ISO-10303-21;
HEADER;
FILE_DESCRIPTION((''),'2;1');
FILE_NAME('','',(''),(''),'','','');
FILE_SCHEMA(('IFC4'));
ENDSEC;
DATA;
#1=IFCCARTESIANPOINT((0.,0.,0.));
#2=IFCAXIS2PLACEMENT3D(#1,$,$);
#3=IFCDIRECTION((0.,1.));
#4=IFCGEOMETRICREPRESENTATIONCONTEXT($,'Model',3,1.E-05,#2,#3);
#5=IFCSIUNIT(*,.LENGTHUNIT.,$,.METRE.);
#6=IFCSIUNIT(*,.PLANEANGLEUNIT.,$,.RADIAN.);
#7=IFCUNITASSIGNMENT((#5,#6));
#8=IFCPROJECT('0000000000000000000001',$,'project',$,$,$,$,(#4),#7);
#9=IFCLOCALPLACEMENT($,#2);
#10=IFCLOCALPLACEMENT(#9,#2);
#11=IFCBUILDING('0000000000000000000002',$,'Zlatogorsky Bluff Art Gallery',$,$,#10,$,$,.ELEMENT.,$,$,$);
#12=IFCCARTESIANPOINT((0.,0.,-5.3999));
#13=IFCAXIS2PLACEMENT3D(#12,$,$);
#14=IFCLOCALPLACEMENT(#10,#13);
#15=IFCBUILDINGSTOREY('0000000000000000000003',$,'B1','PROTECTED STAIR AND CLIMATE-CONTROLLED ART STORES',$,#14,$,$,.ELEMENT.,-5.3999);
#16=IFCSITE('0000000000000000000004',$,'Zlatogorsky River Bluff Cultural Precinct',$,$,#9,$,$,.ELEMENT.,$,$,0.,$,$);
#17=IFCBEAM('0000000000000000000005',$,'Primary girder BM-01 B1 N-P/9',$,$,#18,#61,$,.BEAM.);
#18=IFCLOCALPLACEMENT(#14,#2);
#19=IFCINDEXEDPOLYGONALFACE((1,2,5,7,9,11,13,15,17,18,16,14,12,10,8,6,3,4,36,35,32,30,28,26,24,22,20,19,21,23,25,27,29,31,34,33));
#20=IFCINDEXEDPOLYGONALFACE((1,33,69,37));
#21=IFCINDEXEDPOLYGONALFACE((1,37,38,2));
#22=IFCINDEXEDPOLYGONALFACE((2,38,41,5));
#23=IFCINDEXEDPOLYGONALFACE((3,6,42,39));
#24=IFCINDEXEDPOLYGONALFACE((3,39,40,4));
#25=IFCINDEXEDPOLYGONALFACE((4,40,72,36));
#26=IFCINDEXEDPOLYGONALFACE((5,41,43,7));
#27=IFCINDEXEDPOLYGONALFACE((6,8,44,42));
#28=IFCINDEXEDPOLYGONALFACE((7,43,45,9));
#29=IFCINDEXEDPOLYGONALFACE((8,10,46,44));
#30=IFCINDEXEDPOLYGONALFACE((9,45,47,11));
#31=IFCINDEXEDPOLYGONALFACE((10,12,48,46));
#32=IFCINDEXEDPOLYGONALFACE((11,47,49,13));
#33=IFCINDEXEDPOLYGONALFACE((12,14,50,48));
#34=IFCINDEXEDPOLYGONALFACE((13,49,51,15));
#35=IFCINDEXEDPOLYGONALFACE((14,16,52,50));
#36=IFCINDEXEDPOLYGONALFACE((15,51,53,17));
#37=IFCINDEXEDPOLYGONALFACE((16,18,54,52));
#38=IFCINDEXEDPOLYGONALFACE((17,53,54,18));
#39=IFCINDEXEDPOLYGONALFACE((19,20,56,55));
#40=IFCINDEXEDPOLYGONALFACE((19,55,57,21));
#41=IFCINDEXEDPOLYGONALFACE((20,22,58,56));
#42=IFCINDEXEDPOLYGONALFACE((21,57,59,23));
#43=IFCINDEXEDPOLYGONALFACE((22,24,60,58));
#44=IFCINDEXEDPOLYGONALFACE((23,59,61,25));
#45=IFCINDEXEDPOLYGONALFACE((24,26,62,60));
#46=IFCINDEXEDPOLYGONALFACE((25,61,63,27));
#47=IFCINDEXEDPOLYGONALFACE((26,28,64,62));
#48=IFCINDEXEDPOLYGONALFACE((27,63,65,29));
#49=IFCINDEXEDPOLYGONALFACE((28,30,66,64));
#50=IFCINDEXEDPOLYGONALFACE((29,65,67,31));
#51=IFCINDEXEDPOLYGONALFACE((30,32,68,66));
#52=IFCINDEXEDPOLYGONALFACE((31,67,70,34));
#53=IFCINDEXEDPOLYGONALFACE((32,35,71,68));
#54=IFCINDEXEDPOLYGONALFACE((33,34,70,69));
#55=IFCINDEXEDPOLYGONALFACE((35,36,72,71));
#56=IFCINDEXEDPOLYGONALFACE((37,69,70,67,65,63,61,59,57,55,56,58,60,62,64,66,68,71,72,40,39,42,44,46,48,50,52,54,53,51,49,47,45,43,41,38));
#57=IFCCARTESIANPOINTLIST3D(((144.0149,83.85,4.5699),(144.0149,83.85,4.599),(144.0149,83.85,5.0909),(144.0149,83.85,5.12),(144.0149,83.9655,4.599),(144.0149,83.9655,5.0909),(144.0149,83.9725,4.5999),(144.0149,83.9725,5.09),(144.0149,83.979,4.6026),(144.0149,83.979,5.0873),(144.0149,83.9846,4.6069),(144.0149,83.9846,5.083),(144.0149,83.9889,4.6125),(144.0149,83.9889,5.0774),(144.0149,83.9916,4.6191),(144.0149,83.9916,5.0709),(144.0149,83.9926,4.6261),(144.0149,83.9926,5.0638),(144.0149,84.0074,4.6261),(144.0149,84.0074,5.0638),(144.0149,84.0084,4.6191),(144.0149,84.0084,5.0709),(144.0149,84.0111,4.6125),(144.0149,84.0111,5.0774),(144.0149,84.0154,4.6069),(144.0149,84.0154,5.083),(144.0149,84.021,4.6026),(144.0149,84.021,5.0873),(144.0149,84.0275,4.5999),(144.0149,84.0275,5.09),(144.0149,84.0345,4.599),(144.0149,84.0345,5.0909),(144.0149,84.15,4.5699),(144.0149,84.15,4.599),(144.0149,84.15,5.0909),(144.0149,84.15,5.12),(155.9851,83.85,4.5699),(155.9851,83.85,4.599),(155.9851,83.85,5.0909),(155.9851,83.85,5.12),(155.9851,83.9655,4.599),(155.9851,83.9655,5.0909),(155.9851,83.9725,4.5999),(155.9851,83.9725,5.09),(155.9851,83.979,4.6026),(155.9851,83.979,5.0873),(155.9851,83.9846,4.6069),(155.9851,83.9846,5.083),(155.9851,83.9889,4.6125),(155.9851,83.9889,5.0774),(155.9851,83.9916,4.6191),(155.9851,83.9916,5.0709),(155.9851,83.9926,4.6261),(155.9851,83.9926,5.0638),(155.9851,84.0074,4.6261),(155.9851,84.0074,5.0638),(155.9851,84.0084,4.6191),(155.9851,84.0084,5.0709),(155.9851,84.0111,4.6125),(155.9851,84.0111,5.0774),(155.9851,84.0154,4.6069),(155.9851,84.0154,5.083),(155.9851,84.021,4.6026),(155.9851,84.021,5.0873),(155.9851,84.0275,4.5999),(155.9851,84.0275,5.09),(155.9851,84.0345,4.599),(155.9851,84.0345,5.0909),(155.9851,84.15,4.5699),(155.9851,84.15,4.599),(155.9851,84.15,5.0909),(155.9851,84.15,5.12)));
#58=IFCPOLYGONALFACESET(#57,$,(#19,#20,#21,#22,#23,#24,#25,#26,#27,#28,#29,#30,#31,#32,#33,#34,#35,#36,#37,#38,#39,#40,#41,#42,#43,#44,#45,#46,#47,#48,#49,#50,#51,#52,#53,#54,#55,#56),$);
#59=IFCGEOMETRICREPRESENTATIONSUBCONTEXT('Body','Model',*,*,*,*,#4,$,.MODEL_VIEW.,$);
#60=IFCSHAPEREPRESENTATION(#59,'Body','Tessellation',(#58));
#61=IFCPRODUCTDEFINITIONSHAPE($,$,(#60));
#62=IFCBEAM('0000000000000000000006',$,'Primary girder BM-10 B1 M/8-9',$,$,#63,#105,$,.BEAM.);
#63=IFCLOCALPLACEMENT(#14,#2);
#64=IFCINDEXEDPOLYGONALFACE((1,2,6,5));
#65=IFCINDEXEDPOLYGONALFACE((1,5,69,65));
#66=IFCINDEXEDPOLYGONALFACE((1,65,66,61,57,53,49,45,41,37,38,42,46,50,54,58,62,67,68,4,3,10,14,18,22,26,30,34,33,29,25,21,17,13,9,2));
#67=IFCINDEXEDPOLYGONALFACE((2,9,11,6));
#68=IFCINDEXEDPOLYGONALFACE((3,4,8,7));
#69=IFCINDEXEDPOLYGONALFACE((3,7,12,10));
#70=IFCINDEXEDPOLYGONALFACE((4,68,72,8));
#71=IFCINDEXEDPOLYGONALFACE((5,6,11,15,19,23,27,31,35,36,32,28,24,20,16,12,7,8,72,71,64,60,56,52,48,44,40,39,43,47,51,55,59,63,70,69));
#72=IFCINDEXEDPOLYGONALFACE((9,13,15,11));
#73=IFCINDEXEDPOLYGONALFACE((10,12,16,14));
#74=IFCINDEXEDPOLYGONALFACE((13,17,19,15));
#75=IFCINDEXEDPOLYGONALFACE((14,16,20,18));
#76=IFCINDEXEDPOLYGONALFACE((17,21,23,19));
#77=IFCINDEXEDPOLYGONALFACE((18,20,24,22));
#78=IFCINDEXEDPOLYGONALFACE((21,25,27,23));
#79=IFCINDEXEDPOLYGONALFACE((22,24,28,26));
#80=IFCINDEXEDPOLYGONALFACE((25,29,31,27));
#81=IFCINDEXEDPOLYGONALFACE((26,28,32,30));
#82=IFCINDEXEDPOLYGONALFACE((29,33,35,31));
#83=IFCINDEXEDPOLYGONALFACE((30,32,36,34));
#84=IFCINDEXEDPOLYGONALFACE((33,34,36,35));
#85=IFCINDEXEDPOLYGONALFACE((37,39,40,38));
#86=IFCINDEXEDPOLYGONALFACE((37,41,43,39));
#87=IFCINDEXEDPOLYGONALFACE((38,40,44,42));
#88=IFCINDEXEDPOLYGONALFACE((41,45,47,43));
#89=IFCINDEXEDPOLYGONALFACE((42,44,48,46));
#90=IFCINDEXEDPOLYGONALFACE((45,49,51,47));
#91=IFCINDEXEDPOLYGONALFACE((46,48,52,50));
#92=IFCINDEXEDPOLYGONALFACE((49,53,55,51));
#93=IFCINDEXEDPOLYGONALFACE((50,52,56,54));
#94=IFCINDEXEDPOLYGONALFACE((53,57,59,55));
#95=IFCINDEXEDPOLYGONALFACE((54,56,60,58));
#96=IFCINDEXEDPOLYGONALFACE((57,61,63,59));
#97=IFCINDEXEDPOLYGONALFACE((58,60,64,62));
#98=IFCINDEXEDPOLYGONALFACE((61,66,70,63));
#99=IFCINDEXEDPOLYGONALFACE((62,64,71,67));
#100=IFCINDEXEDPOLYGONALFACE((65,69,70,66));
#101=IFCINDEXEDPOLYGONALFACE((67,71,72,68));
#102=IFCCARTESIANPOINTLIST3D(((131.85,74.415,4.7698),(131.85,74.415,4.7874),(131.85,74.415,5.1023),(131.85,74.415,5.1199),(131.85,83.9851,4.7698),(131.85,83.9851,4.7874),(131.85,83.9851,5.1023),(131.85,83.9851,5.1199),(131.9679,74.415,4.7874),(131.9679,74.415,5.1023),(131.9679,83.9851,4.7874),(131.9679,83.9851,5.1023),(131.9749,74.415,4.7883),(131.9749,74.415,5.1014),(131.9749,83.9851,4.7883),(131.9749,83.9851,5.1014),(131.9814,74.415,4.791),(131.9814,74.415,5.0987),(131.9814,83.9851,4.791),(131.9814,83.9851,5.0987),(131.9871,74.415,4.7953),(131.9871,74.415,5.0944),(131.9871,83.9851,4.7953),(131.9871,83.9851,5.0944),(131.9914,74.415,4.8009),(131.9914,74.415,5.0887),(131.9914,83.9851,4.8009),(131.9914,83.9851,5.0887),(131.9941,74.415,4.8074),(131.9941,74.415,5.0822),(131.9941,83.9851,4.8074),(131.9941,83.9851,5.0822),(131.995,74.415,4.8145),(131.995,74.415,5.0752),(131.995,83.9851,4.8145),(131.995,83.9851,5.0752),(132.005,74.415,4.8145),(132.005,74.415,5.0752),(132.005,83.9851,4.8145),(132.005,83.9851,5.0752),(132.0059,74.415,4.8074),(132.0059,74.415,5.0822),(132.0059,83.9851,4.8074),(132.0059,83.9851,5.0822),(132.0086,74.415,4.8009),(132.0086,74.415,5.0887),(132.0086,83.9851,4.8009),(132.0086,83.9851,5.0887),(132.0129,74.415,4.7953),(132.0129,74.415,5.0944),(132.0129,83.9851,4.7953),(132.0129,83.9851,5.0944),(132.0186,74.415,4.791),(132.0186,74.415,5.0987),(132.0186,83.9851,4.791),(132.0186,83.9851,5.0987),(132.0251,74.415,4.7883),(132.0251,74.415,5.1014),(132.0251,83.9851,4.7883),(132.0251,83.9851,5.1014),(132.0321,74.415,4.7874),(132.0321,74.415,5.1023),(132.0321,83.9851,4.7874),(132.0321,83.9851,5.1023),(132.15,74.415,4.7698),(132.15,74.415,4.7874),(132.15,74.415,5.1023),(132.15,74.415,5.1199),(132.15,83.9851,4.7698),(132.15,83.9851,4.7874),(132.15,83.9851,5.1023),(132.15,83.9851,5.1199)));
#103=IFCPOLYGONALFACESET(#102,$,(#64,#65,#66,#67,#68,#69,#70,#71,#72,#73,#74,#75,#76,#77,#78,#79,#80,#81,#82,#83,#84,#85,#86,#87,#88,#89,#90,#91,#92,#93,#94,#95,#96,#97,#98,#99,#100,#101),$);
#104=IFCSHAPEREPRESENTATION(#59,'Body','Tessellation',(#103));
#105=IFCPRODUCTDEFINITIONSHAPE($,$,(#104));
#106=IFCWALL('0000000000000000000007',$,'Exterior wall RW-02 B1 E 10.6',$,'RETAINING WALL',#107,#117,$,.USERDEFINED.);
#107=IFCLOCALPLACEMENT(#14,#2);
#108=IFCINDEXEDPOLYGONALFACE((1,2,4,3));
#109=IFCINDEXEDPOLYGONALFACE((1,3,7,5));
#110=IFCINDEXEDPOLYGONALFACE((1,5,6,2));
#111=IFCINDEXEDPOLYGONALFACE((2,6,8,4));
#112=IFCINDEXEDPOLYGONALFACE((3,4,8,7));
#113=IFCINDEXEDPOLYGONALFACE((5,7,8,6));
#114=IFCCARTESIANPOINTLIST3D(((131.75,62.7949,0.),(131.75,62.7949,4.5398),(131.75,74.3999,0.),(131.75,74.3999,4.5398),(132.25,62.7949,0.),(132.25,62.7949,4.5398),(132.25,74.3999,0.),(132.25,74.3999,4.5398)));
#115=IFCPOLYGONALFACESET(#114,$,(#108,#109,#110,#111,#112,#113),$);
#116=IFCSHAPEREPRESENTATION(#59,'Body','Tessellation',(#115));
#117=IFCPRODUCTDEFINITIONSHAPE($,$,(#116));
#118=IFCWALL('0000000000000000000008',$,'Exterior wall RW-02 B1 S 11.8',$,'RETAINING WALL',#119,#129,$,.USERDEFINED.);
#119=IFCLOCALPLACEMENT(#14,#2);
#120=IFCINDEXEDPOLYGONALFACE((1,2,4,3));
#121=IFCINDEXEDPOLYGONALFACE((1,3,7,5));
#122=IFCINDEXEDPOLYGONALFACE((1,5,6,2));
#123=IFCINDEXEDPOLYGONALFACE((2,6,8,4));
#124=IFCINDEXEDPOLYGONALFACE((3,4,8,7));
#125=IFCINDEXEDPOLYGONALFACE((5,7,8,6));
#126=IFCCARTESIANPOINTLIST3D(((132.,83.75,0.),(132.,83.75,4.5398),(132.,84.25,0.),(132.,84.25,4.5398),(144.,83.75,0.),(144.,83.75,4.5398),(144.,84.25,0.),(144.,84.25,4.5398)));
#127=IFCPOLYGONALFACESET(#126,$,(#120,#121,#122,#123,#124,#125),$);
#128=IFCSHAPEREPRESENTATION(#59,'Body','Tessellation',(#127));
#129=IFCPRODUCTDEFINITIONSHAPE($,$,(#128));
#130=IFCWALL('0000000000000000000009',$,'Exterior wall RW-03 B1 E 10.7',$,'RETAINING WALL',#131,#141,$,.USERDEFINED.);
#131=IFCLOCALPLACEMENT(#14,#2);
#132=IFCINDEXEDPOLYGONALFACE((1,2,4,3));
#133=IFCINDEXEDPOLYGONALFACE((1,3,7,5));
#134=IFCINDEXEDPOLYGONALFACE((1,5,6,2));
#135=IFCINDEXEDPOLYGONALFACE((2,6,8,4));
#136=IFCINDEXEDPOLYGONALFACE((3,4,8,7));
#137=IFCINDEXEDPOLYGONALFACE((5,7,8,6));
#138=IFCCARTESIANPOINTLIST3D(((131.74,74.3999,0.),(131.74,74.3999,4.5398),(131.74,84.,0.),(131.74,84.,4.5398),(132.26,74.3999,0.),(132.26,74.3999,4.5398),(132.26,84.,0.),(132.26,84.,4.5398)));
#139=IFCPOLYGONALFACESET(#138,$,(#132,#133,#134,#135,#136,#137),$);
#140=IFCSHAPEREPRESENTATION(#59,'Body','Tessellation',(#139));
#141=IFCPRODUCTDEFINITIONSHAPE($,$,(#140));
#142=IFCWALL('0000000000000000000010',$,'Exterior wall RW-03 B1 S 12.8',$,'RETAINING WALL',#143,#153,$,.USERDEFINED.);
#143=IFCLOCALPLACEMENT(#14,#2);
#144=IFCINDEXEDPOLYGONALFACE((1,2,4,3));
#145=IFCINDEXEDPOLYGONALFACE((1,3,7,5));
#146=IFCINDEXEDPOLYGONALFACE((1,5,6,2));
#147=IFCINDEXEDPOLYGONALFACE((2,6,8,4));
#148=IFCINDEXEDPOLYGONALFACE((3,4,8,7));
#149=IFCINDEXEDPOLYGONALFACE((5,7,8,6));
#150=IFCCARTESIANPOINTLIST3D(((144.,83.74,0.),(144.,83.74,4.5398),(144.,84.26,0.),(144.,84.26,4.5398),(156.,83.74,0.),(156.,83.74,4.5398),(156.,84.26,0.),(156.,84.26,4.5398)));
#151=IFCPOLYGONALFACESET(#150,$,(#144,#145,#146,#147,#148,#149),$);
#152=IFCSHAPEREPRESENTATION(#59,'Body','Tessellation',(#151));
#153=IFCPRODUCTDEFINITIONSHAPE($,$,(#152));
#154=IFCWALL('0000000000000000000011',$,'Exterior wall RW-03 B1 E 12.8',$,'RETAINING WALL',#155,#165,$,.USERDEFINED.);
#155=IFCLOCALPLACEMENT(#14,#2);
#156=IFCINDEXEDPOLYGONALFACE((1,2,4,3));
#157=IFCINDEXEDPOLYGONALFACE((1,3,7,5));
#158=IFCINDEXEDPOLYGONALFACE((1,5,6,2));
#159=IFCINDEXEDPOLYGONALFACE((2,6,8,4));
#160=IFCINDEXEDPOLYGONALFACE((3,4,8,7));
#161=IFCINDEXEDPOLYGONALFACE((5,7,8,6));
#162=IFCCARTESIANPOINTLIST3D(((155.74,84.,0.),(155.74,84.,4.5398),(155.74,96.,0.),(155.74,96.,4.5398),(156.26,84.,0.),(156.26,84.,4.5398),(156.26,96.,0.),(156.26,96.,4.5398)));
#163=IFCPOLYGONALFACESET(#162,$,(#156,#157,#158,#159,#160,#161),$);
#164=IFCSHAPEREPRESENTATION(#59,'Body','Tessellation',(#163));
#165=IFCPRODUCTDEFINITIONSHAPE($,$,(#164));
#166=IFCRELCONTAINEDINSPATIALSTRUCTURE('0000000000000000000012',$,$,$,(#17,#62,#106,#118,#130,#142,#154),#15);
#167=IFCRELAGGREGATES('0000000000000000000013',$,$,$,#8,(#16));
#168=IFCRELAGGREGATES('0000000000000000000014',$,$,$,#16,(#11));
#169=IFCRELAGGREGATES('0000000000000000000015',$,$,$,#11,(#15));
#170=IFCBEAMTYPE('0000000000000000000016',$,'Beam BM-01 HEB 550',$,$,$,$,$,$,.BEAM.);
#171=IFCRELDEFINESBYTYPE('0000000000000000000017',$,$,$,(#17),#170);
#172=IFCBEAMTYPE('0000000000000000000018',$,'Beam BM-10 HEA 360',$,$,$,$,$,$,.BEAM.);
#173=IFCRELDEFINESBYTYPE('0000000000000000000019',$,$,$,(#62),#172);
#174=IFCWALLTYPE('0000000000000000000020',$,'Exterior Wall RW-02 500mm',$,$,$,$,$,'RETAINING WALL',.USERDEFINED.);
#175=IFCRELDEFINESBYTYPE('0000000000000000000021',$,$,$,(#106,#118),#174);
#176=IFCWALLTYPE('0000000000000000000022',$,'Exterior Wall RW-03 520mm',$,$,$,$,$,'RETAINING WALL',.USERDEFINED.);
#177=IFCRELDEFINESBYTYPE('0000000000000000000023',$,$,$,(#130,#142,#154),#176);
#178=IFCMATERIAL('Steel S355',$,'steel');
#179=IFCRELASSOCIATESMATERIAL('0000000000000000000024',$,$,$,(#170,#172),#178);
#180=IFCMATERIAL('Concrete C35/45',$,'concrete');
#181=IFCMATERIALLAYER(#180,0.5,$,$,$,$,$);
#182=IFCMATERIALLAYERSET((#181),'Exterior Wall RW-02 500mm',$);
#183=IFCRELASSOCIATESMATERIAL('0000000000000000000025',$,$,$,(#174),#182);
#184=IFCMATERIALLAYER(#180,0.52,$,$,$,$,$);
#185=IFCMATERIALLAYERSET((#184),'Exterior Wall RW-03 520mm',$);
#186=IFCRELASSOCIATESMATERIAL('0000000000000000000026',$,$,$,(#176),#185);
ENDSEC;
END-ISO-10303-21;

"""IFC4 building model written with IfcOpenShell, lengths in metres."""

from ifc_helpers import new_model, si_unit, direction, frame, frame_2d, origin, origin_2d, place, context, subcontext, project, spatial, rectangle, i_section, extrude, material, layer, layer_set, material_profile, profile_set, type_object, element, save


model = new_model("IFC4")

# Units and contexts
model_context = context("Model", 3, precision=1e-05, world=origin(), true_north=direction((0.0, 1.0)))
body_context = subcontext(model_context, "Body", "Model", "MODEL_VIEW")
ifc_project = project(units=[si_unit("LENGTHUNIT", "METRE"), si_unit("PLANEANGLEUNIT", "RADIAN")], contexts=[model_context])

# Site, building, storey
site_placement = place(None, origin())
site = spatial("IfcSite", under=ifc_project, at=site_placement, Name="Zlatogorsky River Bluff Cultural Precinct", CompositionType="ELEMENT", RefElevation=0.0)
building_placement = place(site_placement, origin())
building = spatial("IfcBuilding", under=site, at=building_placement, Name="Zlatogorsky Bluff Art Gallery", CompositionType="ELEMENT")
storey_placement = place(building_placement, frame((0.0, 0.0, -5.3999)))
storey = spatial("IfcBuildingStorey", under=building, at=storey_placement, Name="B1", Description="PROTECTED STAIR AND CLIMATE-CONTROLLED ART STORES", CompositionType="ELEMENT", Elevation=-5.3999)

# Shared definitions
ifc_material_1 = material(Name="Concrete C35/45", Category="concrete")

# Shared definitions
ifc_material_2 = material(Name="Steel S355", Category="steel")

# Beams
ifc_material_profile_1 = material_profile(ifc_material_2, i_section(OverallWidth=0.3, OverallDepth=0.55, WebThickness=0.0149, FlangeThickness=0.0291, FilletRadius=0.0271, at=origin_2d()), Name="HEB 550")
ifc_profile_set_1 = profile_set([ifc_material_profile_1], Name="Steel S355")
beam_type_1 = type_object("IfcBeamType", Name="Beam BM-01 HEB 550", PredefinedType="BEAM", material=ifc_profile_set_1)
for number, where, z_axis, x_axis, name in (
    (1, (144.0149, 84.0, 4.845), (1.0, 0.0, 0.0), (0.0, 1.0, 0.0), "Primary girder BM-01 B1 N-P/9"),
):
    element("IfcBeam", number, at=place(storey_placement, frame(where, z_axis=z_axis, x_axis=x_axis)), inside=storey, type_object=beam_type_1, Name=name, PredefinedType="BEAM", context=body_context, shape_type="SweptSolid", body=[
        extrude(i_section(OverallWidth=0.3, OverallDepth=0.55, WebThickness=0.0149, FlangeThickness=0.0291, FilletRadius=0.0271, at=origin_2d()), origin(), (0.0, 0.0, 1.0), 11.9702),
    ])
ifc_material_profile_2 = material_profile(ifc_material_2, i_section(OverallWidth=0.3, OverallDepth=0.3501, WebThickness=0.01, FlangeThickness=0.0176, FilletRadius=0.0271, at=origin_2d()), Name="HEA 360")
ifc_profile_set_2 = profile_set([ifc_material_profile_2], Name="Steel S355")
beam_type_2 = type_object("IfcBeamType", Name="Beam BM-10 HEA 360", PredefinedType="BEAM", material=ifc_profile_set_2)
beam_placement = place(storey_placement, frame((132.0, 74.415, 4.9448), z_axis=(0.0, 1.0, 0.0), x_axis=(-1.0, 0.0, 0.0)))
element("IfcBeam", 2, at=beam_placement, inside=storey, type_object=beam_type_2, Name="Primary girder BM-10 B1 M/8-9", PredefinedType="BEAM", context=body_context, shape_type="SweptSolid", body=[
    extrude(i_section(OverallWidth=0.3, OverallDepth=0.3501, WebThickness=0.01, FlangeThickness=0.0176, FilletRadius=0.0271, at=origin_2d()), origin(), (0.0, 0.0, 1.0), 9.5701),
])

# Walls
ifc_layer_1 = layer(ifc_material_1, 0.5)
ifc_layer_set_1 = layer_set([ifc_layer_1], Name="Exterior Wall RW-02 500mm")
wall_type_1 = type_object("IfcWallType", Name="Exterior Wall RW-02 500mm", ElementType="RETAINING WALL", PredefinedType="USERDEFINED", material=ifc_layer_set_1)
wall_1_placement = place(storey_placement, frame((132.0, 62.7949, 0.0), z_axis=(0.0, 0.0, 1.0), x_axis=(0.0, 1.0, 0.0)))
element("IfcWall", 3, at=wall_1_placement, inside=storey, type_object=wall_type_1, Name="Exterior wall RW-02 B1 E 10.6", ObjectType="RETAINING WALL", PredefinedType="USERDEFINED", context=body_context, shape_type="SweptSolid", body=[
    extrude(rectangle(XDim=11.605, YDim=0.5, at=frame_2d((5.8025, 0.0))), origin(), (0.0, 0.0, 1.0), 4.5398),
])
wall_2_placement = place(storey_placement, frame((132.0, 84.0, 0.0), z_axis=(0.0, 0.0, 1.0), x_axis=(1.0, 0.0, 0.0)))
element("IfcWall", 4, at=wall_2_placement, inside=storey, type_object=wall_type_1, Name="Exterior wall RW-02 B1 S 11.8", ObjectType="RETAINING WALL", PredefinedType="USERDEFINED", context=body_context, shape_type="SweptSolid", body=[
    extrude(rectangle(XDim=12.0, YDim=0.5, at=frame_2d((6.0, 0.0))), origin(), (0.0, 0.0, 1.0), 4.5398),
])
ifc_layer_2 = layer(ifc_material_1, 0.52)
ifc_layer_set_2 = layer_set([ifc_layer_2], Name="Exterior Wall RW-03 520mm")
wall_type_2 = type_object("IfcWallType", Name="Exterior Wall RW-03 520mm", ElementType="RETAINING WALL", PredefinedType="USERDEFINED", material=ifc_layer_set_2)
wall_3_placement = place(storey_placement, frame((132.0, 74.3999, 0.0), z_axis=(0.0, 0.0, 1.0), x_axis=(0.0, 1.0, 0.0)))
element("IfcWall", 5, at=wall_3_placement, inside=storey, type_object=wall_type_2, Name="Exterior wall RW-03 B1 E 10.7", ObjectType="RETAINING WALL", PredefinedType="USERDEFINED", context=body_context, shape_type="SweptSolid", body=[
    extrude(rectangle(XDim=9.6001, YDim=0.52, at=frame_2d((4.8, 0.0))), origin(), (0.0, 0.0, 1.0), 4.5398),
])
for number, where, z_axis, x_axis, name in (
    (6, (144.0, 84.0, 0.0), (0.0, 0.0, 1.0), (1.0, 0.0, 0.0), "Exterior wall RW-03 B1 S 12.8"),
    (7, (156.0, 84.0, 0.0), (0.0, 0.0, 1.0), (0.0, 1.0, 0.0), "Exterior wall RW-03 B1 E 12.8"),
):
    element("IfcWall", number, at=place(storey_placement, frame(where, z_axis=z_axis, x_axis=x_axis)), inside=storey, type_object=wall_type_2, Name=name, ObjectType="RETAINING WALL", PredefinedType="USERDEFINED", context=body_context, shape_type="SweptSolid", body=[
        extrude(rectangle(XDim=12.0, YDim=0.52, at=frame_2d((6.0, 0.0))), origin(), (0.0, 0.0, 1.0), 4.5398),
    ])

save(model, "model.ifc")
